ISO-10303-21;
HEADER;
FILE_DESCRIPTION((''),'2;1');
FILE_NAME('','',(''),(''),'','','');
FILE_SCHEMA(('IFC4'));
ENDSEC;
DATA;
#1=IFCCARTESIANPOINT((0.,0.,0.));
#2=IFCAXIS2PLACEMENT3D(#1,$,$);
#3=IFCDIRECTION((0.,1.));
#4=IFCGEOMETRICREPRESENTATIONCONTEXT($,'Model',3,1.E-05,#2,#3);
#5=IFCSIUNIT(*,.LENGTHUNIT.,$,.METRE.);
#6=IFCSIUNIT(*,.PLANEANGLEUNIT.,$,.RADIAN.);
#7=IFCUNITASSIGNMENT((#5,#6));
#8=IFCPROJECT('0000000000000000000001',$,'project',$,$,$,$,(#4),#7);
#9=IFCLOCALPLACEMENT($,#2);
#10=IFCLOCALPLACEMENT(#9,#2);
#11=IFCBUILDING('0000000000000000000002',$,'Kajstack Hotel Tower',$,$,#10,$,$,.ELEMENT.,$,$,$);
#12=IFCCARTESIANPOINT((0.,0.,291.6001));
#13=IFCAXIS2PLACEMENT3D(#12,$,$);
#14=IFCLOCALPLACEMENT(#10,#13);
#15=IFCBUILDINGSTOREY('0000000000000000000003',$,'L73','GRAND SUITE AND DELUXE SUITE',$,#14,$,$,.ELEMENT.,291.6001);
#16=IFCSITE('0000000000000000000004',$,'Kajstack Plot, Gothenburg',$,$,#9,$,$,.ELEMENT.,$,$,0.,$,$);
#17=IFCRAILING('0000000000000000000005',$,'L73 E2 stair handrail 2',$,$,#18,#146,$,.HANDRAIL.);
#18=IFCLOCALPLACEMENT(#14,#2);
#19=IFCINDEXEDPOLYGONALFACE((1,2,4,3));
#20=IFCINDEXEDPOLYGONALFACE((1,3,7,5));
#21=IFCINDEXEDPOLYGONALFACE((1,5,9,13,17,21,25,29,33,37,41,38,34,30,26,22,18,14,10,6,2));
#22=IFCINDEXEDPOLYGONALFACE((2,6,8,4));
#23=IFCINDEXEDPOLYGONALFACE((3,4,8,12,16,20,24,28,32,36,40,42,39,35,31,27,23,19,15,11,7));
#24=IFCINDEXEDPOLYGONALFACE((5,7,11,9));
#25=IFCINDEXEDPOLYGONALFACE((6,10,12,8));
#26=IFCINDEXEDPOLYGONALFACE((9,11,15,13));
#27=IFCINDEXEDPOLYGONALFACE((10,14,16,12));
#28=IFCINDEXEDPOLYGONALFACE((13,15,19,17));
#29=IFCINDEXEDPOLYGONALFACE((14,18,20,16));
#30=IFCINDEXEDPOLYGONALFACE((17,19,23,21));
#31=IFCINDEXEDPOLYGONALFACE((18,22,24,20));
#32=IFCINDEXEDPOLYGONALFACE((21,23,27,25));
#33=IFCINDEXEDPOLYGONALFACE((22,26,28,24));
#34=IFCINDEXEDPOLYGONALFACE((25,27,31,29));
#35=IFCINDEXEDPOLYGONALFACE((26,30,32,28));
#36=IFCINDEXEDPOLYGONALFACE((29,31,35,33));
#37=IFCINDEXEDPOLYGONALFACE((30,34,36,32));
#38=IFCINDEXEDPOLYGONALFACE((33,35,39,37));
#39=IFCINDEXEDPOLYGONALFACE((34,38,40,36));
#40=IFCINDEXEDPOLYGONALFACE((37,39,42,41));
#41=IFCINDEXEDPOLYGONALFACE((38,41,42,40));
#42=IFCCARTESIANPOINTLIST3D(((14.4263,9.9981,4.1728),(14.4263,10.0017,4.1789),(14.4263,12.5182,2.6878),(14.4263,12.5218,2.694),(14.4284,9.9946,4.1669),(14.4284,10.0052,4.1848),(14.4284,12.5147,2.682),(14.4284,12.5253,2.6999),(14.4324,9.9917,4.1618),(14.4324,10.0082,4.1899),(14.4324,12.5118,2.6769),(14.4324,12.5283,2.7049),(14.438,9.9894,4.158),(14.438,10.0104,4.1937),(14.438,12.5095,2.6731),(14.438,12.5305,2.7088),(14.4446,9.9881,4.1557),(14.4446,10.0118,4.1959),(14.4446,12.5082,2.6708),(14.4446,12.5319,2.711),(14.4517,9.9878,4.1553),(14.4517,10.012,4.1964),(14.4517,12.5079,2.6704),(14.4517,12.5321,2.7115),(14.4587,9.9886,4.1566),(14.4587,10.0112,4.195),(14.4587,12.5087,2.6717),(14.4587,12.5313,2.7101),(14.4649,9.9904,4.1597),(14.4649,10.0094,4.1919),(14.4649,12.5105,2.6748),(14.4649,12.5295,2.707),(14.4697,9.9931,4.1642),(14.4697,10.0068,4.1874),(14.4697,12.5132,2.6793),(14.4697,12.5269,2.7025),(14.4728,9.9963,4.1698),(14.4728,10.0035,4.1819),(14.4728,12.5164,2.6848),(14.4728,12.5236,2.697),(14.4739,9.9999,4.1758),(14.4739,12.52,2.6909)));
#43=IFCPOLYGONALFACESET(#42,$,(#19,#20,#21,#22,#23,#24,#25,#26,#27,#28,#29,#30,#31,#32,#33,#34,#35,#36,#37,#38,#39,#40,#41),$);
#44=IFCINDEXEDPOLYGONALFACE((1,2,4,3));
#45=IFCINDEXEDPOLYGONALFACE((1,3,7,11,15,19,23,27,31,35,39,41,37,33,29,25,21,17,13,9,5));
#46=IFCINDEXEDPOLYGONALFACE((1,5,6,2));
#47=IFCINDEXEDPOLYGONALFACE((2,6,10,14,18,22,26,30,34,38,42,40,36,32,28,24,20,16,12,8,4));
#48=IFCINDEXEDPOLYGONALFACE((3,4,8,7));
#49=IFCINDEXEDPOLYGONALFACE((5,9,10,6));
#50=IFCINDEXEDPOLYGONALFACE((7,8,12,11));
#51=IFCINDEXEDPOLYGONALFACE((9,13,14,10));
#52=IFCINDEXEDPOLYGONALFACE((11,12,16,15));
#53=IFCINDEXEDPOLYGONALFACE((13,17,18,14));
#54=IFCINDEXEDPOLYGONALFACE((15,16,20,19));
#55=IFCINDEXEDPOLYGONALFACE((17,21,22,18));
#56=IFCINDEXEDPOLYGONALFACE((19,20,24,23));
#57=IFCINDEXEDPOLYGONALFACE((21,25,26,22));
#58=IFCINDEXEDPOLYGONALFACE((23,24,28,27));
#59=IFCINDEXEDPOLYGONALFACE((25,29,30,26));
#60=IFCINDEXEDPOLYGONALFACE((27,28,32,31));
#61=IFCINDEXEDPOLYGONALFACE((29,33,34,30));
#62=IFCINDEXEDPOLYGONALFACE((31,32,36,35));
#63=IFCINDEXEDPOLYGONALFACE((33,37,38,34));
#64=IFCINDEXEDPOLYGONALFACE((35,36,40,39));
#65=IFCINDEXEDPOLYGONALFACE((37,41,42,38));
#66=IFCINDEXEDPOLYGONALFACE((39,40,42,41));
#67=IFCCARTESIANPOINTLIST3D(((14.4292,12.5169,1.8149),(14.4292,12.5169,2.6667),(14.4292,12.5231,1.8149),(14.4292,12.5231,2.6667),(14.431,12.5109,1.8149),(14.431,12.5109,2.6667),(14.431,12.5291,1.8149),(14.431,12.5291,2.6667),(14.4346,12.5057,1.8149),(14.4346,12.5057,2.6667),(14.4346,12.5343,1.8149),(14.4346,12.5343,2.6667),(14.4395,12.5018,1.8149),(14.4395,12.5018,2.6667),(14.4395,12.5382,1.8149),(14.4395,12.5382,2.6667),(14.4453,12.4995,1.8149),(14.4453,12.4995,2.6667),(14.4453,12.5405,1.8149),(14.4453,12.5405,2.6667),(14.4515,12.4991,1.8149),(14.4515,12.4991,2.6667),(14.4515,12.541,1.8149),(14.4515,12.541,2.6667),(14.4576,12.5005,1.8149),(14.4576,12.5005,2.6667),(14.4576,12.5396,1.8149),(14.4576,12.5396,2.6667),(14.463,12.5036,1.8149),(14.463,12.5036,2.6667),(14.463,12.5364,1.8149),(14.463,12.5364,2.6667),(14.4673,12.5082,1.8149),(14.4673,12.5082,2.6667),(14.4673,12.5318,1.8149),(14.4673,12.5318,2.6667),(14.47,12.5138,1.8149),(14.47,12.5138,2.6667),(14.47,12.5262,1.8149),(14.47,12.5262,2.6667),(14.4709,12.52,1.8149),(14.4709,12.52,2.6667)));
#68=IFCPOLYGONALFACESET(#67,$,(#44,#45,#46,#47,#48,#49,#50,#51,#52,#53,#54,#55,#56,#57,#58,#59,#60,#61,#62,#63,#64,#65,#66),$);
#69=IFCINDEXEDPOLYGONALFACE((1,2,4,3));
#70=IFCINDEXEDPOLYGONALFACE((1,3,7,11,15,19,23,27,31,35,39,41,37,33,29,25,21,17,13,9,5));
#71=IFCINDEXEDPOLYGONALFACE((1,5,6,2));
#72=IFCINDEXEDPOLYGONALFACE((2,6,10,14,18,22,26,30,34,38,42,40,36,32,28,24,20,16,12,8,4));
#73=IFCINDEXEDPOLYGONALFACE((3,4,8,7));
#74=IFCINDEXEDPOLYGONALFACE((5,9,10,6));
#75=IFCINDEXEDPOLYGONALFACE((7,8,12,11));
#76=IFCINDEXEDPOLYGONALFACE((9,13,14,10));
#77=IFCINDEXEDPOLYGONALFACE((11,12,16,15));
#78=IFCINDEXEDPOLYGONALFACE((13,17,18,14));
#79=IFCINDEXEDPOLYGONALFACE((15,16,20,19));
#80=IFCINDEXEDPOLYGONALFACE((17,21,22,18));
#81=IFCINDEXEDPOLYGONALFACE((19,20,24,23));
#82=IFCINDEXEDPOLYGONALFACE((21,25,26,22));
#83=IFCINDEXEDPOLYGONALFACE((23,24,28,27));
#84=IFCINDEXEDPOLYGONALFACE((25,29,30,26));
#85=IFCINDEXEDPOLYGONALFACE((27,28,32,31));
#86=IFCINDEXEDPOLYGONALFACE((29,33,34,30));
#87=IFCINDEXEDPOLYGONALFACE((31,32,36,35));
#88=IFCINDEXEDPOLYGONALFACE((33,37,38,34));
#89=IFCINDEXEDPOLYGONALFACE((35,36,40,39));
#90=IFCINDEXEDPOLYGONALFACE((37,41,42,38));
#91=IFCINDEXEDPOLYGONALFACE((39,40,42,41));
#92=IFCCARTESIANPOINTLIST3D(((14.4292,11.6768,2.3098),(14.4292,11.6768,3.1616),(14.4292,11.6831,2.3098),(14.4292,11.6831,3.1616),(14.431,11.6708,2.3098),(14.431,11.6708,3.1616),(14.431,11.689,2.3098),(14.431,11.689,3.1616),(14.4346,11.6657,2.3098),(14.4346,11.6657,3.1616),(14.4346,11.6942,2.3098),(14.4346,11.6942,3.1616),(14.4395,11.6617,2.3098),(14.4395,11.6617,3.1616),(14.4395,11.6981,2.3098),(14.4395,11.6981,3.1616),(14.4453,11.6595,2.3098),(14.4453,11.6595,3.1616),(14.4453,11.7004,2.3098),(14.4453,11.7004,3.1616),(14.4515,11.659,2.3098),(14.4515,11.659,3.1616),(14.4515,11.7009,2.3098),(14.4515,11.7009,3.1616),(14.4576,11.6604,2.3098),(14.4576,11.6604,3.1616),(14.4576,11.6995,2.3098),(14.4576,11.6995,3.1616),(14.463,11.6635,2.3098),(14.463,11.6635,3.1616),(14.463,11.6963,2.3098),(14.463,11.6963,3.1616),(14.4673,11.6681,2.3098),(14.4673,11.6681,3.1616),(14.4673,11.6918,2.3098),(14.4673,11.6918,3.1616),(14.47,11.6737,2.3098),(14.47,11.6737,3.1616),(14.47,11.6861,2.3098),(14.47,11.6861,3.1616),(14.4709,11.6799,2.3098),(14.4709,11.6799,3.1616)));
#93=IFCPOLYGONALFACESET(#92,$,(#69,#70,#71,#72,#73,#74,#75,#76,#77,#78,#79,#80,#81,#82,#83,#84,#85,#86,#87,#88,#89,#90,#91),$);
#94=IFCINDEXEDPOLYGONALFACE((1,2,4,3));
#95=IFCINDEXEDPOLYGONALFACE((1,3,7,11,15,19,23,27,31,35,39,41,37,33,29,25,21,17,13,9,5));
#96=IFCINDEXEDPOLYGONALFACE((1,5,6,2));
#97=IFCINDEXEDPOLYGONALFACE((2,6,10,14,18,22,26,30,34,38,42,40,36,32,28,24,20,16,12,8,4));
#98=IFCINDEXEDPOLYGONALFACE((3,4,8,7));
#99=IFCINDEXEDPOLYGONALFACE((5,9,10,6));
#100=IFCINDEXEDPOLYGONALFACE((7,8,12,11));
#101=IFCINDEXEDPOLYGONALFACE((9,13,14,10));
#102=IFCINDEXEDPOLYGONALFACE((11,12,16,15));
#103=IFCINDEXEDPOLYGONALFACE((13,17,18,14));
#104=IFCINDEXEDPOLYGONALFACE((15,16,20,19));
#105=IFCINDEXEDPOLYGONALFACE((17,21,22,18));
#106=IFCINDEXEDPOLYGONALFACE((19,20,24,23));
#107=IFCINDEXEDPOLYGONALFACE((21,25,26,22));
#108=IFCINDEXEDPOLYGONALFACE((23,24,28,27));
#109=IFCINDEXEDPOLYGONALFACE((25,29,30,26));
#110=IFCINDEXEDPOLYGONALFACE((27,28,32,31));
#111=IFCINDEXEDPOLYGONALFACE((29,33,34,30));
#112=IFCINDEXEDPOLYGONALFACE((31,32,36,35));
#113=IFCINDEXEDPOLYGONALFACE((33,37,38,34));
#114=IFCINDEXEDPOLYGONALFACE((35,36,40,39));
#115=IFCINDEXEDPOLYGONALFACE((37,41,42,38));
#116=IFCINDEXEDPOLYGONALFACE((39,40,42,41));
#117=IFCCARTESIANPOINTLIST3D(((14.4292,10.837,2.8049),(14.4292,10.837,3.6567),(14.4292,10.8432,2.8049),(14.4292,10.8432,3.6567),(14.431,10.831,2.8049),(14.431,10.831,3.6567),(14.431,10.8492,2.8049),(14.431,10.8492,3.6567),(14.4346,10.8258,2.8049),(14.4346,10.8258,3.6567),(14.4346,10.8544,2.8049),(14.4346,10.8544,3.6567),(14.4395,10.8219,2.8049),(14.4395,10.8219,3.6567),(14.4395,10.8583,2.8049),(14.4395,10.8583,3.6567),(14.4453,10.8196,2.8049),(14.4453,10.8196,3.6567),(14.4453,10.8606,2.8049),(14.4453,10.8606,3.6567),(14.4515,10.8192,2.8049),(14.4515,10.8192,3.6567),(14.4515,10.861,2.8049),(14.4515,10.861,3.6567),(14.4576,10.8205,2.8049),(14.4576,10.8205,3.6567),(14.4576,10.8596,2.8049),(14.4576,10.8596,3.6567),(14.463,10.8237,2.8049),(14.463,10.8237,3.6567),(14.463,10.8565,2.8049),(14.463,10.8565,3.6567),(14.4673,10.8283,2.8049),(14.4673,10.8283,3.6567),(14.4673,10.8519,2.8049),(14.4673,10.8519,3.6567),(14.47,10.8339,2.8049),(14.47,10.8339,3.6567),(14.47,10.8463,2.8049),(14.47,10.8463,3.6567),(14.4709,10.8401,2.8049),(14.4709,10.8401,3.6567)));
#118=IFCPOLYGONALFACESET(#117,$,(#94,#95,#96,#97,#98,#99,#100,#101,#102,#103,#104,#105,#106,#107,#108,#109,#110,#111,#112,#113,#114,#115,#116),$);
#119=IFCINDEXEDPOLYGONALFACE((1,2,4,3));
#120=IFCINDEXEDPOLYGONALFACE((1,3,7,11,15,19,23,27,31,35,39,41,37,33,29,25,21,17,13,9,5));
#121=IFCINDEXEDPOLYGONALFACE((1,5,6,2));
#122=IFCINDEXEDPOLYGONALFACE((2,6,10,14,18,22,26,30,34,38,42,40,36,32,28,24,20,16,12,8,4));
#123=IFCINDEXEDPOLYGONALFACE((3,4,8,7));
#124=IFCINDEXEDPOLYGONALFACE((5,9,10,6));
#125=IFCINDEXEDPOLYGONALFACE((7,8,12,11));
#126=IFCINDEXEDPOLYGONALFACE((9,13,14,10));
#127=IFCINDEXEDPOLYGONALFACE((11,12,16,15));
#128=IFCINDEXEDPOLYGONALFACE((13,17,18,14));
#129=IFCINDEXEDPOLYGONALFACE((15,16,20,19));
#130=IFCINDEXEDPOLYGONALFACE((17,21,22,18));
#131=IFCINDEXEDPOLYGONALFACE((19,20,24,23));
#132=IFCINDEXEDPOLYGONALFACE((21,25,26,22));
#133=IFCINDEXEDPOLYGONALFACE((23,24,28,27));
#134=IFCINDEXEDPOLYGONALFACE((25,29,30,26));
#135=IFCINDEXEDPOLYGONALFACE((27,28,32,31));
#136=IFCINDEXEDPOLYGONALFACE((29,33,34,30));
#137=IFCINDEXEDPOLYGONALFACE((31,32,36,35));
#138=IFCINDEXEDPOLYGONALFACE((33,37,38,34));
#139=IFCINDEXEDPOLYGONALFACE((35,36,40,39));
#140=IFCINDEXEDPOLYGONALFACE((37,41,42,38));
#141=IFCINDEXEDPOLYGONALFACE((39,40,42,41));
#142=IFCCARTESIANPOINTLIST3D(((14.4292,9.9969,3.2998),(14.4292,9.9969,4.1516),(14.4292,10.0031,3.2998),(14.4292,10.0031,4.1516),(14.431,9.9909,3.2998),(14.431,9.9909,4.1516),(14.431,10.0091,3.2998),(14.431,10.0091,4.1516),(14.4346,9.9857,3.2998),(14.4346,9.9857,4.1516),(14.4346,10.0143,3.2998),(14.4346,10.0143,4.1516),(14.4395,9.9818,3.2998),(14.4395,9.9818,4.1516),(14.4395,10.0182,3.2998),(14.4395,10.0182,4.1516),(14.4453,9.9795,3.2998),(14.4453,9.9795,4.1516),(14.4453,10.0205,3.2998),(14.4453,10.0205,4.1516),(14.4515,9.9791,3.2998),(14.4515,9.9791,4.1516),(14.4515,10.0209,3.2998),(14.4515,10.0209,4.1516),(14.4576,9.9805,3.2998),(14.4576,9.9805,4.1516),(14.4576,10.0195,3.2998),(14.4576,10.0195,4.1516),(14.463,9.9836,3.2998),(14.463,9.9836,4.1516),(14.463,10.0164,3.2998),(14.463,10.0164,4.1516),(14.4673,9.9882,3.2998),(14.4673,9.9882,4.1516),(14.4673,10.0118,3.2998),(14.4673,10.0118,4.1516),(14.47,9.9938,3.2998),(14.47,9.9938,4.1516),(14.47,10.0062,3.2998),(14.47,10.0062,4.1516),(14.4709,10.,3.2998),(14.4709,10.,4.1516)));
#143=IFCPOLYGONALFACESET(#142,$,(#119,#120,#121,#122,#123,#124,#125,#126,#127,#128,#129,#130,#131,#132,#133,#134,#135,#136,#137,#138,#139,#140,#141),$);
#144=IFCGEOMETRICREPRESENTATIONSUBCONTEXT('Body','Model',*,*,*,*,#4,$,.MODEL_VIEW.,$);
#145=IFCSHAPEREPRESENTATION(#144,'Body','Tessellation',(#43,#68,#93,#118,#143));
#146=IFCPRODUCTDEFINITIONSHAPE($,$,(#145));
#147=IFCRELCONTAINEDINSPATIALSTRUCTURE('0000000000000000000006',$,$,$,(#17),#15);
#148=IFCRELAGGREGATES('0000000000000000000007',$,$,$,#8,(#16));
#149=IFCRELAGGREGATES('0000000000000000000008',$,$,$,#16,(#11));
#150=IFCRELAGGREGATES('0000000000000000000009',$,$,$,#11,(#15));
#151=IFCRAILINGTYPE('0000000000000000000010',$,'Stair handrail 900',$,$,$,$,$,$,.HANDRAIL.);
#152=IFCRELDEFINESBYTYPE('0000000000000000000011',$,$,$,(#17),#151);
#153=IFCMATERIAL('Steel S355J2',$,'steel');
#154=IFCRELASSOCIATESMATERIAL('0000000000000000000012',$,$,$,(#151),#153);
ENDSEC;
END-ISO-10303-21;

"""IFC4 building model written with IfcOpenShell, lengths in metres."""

from ifc_helpers import new_model, si_unit, direction, frame, origin, origin_2d, place, context, subcontext, project, spatial, circle, extrude, material, type_object, element, save


model = new_model("IFC4")

# Units and contexts
model_context = context("Model", 3, precision=1e-05, world=origin(), true_north=direction((0.0, 1.0)))
body_context = subcontext(model_context, "Body", "Model", "MODEL_VIEW")
ifc_project = project(units=[si_unit("LENGTHUNIT", "METRE"), si_unit("PLANEANGLEUNIT", "RADIAN")], contexts=[model_context])

# Site, building, storey
site_placement = place(None, origin())
site = spatial("IfcSite", under=ifc_project, at=site_placement, Name="Kajstack Plot, Gothenburg", CompositionType="ELEMENT", RefElevation=0.0)
building_placement = place(site_placement, origin())
building = spatial("IfcBuilding", under=site, at=building_placement, Name="Kajstack Hotel Tower", CompositionType="ELEMENT")
storey_placement = place(building_placement, frame((0.0, 0.0, 291.6001)))
storey = spatial("IfcBuildingStorey", under=building, at=storey_placement, Name="L73", Description="GRAND SUITE AND DELUXE SUITE", CompositionType="ELEMENT", Elevation=291.6001)

# Railing
ifc_material_1 = material(Name="Steel S355J2", Category="steel")
railing_type_1 = type_object("IfcRailingType", Name="Stair handrail 900", PredefinedType="HANDRAIL", material=ifc_material_1)
railing_1_placement = place(storey_placement, frame((14.45, 12.52, 1.8149)))
element("IfcRailing", 1, at=railing_1_placement, inside=storey, type_object=railing_type_1, Name="L73 E2 stair handrail 2", PredefinedType="HANDRAIL", context=body_context, shape_type="SweptSolid", body=[
    extrude(circle(Radius=0.0239, at=origin_2d()), frame((0.0, 0.0, 0.876), z_axis=(0.0, -0.861561, 0.507655), x_axis=(1.0, 0.0, 0.0)), (0.0, 0.0, 1.0), 2.925),
    extrude(circle(Radius=0.021, at=origin_2d()), origin(), (0.0, 0.0, 1.0), 0.8518),
    extrude(circle(Radius=0.021, at=origin_2d()), frame((0.0, -0.8401, 0.4949)), (0.0, 0.0, 1.0), 0.8518),
    extrude(circle(Radius=0.021, at=origin_2d()), frame((0.0, -1.6799, 0.99)), (0.0, 0.0, 1.0), 0.8518),
    extrude(circle(Radius=0.021, at=origin_2d()), frame((0.0, -2.52, 1.4849)), (0.0, 0.0, 1.0), 0.8518),
])

save(model, "model.ifc")
